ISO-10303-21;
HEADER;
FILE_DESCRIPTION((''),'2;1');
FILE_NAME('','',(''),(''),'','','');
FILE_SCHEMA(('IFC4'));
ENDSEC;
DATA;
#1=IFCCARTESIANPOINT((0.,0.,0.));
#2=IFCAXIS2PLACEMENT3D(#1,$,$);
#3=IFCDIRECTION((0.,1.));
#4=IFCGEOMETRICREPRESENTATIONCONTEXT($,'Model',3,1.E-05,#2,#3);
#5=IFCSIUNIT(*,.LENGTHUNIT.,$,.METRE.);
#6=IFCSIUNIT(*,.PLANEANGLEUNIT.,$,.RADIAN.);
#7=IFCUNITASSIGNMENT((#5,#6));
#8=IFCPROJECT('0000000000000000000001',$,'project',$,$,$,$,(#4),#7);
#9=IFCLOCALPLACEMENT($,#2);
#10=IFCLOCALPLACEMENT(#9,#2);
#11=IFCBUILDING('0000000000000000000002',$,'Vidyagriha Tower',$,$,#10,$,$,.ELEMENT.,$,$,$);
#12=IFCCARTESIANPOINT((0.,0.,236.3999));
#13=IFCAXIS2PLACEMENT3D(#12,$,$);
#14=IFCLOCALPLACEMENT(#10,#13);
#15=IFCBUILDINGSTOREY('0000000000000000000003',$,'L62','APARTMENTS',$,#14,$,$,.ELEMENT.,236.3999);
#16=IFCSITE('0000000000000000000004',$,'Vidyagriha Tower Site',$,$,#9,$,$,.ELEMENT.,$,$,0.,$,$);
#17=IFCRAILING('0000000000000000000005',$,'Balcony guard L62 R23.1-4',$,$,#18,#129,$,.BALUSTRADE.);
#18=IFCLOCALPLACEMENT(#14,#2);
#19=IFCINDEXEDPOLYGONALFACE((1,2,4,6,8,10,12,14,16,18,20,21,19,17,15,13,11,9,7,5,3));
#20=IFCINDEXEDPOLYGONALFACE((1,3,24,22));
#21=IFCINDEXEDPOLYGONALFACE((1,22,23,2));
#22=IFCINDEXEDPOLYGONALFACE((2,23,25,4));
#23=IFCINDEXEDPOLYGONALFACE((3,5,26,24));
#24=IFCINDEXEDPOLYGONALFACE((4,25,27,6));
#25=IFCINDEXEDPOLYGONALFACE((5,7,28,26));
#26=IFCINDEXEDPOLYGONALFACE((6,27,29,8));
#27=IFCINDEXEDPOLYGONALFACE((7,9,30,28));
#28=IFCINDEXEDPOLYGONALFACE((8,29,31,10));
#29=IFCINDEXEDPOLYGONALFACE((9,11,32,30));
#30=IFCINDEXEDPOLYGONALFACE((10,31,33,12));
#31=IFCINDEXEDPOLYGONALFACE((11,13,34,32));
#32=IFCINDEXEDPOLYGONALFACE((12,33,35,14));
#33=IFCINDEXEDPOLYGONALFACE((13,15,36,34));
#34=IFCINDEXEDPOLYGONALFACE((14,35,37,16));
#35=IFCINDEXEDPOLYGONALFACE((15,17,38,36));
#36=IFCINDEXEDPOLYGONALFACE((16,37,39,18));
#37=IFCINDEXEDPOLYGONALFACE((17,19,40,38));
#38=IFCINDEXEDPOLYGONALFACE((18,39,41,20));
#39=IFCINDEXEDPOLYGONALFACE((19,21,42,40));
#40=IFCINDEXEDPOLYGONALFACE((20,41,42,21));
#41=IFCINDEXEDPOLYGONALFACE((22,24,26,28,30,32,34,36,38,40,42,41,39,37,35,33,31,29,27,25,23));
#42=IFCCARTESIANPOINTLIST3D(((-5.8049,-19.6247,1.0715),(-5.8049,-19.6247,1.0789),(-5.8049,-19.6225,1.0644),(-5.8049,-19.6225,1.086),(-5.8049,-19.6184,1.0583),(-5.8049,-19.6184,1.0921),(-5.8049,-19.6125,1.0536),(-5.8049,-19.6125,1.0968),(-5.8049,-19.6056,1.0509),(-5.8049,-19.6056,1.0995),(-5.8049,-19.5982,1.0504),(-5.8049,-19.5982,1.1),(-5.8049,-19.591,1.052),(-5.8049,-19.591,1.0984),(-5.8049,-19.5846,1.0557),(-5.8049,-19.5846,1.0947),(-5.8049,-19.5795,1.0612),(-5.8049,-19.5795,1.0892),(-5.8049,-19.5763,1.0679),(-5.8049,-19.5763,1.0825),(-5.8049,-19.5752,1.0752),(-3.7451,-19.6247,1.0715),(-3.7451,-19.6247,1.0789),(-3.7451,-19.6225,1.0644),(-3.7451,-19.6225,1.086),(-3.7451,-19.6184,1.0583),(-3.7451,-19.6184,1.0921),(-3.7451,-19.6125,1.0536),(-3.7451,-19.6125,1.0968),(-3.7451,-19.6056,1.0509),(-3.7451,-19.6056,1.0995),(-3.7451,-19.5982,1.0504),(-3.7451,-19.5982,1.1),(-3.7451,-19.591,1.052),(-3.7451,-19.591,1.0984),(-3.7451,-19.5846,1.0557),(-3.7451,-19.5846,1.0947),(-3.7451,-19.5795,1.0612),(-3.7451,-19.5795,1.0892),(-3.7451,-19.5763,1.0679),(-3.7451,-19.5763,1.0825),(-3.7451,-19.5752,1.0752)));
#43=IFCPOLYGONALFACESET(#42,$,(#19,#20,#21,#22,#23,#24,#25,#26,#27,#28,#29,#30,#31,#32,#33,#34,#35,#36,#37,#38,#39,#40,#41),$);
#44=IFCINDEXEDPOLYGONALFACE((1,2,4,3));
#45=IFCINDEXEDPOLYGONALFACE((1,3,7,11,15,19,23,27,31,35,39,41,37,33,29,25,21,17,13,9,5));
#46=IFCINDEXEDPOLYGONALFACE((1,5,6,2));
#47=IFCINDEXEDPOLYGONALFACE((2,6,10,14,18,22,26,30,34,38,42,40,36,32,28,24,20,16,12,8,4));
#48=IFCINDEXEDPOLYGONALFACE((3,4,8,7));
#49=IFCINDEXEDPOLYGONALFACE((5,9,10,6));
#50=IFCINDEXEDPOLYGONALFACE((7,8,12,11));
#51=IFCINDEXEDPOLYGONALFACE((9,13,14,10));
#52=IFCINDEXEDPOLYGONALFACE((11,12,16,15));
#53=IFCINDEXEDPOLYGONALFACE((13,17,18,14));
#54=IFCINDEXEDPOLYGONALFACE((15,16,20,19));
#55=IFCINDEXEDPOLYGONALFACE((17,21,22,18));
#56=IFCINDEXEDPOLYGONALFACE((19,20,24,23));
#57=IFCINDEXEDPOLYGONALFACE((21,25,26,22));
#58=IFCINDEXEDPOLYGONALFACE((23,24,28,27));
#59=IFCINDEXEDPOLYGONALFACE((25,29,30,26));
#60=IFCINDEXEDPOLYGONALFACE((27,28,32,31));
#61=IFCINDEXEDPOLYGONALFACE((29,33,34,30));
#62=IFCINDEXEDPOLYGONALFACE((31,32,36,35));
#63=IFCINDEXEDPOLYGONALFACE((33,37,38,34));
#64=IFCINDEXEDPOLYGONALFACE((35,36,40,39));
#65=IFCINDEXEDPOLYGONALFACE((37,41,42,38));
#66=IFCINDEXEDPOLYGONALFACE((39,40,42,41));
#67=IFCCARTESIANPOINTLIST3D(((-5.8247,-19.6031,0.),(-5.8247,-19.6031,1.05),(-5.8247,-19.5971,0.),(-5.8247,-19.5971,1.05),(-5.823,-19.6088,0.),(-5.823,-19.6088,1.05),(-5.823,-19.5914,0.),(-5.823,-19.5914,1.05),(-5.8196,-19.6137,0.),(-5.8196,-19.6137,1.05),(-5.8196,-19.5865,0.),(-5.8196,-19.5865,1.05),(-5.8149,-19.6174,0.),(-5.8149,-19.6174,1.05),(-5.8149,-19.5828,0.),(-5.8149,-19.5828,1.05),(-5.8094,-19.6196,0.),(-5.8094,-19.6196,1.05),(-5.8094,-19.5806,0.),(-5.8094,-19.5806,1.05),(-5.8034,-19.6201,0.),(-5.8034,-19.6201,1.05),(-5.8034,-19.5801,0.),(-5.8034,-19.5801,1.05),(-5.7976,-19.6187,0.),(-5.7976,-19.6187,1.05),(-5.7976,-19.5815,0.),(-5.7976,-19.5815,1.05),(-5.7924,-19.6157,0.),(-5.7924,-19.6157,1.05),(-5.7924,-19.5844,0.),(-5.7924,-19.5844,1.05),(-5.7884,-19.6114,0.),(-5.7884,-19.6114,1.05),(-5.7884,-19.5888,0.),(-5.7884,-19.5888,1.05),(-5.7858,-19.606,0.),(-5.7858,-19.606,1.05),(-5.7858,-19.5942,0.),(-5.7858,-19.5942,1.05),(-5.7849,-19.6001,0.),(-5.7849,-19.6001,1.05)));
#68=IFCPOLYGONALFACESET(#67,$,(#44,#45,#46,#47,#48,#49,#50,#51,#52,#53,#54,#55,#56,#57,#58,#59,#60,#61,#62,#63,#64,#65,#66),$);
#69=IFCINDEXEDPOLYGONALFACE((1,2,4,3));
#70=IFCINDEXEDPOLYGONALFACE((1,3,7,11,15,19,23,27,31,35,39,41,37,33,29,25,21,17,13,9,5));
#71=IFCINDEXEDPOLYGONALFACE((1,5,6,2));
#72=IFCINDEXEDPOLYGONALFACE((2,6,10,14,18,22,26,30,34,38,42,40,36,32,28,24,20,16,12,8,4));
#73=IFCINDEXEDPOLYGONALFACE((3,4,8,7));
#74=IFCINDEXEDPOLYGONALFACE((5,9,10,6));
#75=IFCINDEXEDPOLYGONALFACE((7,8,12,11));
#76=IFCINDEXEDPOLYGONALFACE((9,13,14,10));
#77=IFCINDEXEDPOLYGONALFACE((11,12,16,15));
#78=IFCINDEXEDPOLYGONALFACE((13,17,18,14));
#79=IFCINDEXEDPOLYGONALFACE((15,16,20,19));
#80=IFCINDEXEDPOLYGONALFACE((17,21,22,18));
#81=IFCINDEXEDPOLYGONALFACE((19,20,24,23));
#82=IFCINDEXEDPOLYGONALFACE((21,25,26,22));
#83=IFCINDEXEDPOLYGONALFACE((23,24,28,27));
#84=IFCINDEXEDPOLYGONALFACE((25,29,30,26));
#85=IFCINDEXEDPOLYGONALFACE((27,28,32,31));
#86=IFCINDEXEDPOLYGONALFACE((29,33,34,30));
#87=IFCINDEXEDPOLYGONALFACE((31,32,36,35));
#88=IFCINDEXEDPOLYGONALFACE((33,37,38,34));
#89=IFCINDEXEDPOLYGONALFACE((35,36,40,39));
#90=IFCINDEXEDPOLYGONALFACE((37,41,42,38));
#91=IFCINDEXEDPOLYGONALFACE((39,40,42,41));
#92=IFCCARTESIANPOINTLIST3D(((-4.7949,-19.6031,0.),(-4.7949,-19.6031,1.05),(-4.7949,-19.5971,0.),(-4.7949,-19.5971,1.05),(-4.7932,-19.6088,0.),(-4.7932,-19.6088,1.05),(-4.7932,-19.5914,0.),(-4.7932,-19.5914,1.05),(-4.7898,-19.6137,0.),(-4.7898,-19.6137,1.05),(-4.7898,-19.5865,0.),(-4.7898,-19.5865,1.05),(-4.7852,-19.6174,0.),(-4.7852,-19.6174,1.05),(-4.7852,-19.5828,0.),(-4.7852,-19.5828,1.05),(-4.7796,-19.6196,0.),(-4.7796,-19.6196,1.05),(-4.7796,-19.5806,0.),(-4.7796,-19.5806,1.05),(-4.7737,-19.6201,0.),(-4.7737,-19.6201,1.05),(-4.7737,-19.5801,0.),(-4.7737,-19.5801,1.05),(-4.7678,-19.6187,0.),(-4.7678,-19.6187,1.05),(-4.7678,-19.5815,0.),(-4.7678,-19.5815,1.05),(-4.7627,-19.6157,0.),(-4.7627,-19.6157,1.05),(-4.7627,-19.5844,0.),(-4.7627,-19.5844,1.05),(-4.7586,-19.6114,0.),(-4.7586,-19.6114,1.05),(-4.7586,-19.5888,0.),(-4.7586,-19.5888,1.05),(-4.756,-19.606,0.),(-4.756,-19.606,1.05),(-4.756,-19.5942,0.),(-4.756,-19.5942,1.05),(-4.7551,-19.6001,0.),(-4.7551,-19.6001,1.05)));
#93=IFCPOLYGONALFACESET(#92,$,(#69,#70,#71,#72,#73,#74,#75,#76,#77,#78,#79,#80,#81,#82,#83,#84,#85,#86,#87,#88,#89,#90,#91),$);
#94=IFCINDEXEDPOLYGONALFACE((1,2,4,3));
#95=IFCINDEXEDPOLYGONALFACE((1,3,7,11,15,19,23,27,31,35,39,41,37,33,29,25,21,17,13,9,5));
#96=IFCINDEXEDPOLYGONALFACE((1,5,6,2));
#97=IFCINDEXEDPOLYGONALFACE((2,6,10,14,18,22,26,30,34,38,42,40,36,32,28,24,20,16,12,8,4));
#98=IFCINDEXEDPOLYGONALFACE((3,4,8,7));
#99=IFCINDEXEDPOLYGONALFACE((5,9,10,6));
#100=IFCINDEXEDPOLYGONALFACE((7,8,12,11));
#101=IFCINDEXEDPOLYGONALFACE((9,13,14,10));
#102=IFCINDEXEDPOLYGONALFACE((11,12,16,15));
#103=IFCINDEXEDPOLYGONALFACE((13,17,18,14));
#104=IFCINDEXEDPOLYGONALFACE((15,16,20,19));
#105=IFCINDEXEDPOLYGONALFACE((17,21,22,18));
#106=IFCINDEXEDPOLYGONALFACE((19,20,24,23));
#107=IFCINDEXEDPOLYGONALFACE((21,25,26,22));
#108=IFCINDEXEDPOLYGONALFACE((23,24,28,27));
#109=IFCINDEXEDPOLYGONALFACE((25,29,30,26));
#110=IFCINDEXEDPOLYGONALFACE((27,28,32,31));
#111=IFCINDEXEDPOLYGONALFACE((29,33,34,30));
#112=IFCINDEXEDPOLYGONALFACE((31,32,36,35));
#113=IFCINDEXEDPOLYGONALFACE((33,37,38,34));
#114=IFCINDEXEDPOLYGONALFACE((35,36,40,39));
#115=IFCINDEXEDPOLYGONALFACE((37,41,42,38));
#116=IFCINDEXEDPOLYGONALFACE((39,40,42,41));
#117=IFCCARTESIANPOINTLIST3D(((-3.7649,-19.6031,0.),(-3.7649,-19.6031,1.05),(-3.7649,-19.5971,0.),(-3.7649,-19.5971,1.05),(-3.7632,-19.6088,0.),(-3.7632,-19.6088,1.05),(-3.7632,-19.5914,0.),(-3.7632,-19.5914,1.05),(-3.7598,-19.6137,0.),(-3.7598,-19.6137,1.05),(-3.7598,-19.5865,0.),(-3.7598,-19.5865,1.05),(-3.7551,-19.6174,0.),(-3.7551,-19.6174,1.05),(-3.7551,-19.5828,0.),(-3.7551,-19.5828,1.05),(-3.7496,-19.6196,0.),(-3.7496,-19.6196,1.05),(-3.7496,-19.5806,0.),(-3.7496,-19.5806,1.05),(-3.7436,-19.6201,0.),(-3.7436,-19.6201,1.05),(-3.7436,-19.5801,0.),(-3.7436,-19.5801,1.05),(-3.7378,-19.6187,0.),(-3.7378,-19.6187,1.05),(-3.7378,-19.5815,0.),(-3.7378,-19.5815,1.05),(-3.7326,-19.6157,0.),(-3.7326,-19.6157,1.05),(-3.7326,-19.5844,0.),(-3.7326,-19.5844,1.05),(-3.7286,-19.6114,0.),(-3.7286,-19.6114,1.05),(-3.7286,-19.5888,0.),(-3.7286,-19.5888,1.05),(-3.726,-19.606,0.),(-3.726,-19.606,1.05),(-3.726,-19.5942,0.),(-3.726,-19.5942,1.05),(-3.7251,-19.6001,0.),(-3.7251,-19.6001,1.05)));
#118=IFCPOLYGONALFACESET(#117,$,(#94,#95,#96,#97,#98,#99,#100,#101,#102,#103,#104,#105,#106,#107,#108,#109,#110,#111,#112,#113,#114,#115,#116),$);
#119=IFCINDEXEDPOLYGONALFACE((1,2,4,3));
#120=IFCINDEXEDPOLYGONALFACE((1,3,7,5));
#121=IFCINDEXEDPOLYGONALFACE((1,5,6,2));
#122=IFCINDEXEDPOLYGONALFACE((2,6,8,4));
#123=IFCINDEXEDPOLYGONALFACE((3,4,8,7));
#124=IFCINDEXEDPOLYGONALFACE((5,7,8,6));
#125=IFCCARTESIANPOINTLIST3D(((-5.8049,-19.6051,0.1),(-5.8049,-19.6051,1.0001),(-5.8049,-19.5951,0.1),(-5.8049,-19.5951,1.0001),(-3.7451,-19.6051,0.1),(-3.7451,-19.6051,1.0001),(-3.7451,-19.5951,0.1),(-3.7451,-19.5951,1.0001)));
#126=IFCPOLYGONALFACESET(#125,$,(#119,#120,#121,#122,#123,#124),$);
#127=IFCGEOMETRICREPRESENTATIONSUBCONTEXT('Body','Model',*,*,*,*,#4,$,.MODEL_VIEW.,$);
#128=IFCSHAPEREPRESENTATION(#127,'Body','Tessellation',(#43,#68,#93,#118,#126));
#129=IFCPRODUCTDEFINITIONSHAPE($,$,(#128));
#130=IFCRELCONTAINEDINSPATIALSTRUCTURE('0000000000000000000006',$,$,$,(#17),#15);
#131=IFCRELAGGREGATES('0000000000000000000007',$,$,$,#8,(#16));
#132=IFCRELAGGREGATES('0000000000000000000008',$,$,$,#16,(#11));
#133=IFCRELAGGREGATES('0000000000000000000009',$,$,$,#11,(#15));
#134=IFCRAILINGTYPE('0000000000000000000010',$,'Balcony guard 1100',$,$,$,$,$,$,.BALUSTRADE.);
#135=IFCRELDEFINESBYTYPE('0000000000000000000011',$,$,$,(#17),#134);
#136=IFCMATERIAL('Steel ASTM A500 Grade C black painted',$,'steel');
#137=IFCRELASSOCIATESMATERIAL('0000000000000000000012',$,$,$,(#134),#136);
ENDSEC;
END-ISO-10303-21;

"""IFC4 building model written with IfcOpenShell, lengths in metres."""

from ifc_helpers import new_model, si_unit, direction, frame, origin, origin_2d, place, context, subcontext, project, spatial, rectangle, circle, extrude, material, type_object, element, save


model = new_model("IFC4")

# Units and contexts
model_context = context("Model", 3, precision=1e-05, world=origin(), true_north=direction((0.0, 1.0)))
body_context = subcontext(model_context, "Body", "Model", "MODEL_VIEW")
ifc_project = project(units=[si_unit("LENGTHUNIT", "METRE"), si_unit("PLANEANGLEUNIT", "RADIAN")], contexts=[model_context])

# Site, building, storey
site_placement = place(None, origin())
site = spatial("IfcSite", under=ifc_project, at=site_placement, Name="Vidyagriha Tower Site", CompositionType="ELEMENT", RefElevation=0.0)
building_placement = place(site_placement, origin())
building = spatial("IfcBuilding", under=site, at=building_placement, Name="Vidyagriha Tower", CompositionType="ELEMENT")
storey_placement = place(building_placement, frame((0.0, 0.0, 236.3999)))
storey = spatial("IfcBuildingStorey", under=building, at=storey_placement, Name="L62", Description="APARTMENTS", CompositionType="ELEMENT", Elevation=236.3999)

# Railing
ifc_material_1 = material(Name="Steel ASTM A500 Grade C black painted", Category="steel")
railing_type = type_object("IfcRailingType", Name="Balcony guard 1100", PredefinedType="BALUSTRADE", material=ifc_material_1)
railing_1_placement = place(storey_placement, frame((-5.8049, -19.6001, 0.0)))
element("IfcRailing", 1, at=railing_1_placement, inside=storey, type_object=railing_type, Name="Balcony guard L62 R23.1-4", PredefinedType="BALUSTRADE", context=body_context, shape_type="SweptSolid", body=[
    extrude(circle(Radius=0.0249, at=origin_2d()), frame((0.0, 0.0, 1.0752), z_axis=(1.0, 0.0, 0.0), x_axis=(0.0, 1.0, 0.0)), (0.0, 0.0, 1.0), 2.0598),
    extrude(circle(Radius=0.02, at=origin_2d()), origin(), (0.0, 0.0, 1.0), 1.05),
    extrude(circle(Radius=0.02, at=origin_2d()), frame((1.0298, 0.0, 0.0)), (0.0, 0.0, 1.0), 1.05),
    extrude(circle(Radius=0.02, at=origin_2d()), frame((2.0598, 0.0, 0.0)), (0.0, 0.0, 1.0), 1.05),
    extrude(rectangle(XDim=0.01, YDim=0.9001, at=origin_2d()), frame((0.0, 0.0, 0.55), z_axis=(1.0, 0.0, 0.0), x_axis=(0.0, 1.0, 0.0)), (0.0, 0.0, 1.0), 2.0598),
])

save(model, "model.ifc")
